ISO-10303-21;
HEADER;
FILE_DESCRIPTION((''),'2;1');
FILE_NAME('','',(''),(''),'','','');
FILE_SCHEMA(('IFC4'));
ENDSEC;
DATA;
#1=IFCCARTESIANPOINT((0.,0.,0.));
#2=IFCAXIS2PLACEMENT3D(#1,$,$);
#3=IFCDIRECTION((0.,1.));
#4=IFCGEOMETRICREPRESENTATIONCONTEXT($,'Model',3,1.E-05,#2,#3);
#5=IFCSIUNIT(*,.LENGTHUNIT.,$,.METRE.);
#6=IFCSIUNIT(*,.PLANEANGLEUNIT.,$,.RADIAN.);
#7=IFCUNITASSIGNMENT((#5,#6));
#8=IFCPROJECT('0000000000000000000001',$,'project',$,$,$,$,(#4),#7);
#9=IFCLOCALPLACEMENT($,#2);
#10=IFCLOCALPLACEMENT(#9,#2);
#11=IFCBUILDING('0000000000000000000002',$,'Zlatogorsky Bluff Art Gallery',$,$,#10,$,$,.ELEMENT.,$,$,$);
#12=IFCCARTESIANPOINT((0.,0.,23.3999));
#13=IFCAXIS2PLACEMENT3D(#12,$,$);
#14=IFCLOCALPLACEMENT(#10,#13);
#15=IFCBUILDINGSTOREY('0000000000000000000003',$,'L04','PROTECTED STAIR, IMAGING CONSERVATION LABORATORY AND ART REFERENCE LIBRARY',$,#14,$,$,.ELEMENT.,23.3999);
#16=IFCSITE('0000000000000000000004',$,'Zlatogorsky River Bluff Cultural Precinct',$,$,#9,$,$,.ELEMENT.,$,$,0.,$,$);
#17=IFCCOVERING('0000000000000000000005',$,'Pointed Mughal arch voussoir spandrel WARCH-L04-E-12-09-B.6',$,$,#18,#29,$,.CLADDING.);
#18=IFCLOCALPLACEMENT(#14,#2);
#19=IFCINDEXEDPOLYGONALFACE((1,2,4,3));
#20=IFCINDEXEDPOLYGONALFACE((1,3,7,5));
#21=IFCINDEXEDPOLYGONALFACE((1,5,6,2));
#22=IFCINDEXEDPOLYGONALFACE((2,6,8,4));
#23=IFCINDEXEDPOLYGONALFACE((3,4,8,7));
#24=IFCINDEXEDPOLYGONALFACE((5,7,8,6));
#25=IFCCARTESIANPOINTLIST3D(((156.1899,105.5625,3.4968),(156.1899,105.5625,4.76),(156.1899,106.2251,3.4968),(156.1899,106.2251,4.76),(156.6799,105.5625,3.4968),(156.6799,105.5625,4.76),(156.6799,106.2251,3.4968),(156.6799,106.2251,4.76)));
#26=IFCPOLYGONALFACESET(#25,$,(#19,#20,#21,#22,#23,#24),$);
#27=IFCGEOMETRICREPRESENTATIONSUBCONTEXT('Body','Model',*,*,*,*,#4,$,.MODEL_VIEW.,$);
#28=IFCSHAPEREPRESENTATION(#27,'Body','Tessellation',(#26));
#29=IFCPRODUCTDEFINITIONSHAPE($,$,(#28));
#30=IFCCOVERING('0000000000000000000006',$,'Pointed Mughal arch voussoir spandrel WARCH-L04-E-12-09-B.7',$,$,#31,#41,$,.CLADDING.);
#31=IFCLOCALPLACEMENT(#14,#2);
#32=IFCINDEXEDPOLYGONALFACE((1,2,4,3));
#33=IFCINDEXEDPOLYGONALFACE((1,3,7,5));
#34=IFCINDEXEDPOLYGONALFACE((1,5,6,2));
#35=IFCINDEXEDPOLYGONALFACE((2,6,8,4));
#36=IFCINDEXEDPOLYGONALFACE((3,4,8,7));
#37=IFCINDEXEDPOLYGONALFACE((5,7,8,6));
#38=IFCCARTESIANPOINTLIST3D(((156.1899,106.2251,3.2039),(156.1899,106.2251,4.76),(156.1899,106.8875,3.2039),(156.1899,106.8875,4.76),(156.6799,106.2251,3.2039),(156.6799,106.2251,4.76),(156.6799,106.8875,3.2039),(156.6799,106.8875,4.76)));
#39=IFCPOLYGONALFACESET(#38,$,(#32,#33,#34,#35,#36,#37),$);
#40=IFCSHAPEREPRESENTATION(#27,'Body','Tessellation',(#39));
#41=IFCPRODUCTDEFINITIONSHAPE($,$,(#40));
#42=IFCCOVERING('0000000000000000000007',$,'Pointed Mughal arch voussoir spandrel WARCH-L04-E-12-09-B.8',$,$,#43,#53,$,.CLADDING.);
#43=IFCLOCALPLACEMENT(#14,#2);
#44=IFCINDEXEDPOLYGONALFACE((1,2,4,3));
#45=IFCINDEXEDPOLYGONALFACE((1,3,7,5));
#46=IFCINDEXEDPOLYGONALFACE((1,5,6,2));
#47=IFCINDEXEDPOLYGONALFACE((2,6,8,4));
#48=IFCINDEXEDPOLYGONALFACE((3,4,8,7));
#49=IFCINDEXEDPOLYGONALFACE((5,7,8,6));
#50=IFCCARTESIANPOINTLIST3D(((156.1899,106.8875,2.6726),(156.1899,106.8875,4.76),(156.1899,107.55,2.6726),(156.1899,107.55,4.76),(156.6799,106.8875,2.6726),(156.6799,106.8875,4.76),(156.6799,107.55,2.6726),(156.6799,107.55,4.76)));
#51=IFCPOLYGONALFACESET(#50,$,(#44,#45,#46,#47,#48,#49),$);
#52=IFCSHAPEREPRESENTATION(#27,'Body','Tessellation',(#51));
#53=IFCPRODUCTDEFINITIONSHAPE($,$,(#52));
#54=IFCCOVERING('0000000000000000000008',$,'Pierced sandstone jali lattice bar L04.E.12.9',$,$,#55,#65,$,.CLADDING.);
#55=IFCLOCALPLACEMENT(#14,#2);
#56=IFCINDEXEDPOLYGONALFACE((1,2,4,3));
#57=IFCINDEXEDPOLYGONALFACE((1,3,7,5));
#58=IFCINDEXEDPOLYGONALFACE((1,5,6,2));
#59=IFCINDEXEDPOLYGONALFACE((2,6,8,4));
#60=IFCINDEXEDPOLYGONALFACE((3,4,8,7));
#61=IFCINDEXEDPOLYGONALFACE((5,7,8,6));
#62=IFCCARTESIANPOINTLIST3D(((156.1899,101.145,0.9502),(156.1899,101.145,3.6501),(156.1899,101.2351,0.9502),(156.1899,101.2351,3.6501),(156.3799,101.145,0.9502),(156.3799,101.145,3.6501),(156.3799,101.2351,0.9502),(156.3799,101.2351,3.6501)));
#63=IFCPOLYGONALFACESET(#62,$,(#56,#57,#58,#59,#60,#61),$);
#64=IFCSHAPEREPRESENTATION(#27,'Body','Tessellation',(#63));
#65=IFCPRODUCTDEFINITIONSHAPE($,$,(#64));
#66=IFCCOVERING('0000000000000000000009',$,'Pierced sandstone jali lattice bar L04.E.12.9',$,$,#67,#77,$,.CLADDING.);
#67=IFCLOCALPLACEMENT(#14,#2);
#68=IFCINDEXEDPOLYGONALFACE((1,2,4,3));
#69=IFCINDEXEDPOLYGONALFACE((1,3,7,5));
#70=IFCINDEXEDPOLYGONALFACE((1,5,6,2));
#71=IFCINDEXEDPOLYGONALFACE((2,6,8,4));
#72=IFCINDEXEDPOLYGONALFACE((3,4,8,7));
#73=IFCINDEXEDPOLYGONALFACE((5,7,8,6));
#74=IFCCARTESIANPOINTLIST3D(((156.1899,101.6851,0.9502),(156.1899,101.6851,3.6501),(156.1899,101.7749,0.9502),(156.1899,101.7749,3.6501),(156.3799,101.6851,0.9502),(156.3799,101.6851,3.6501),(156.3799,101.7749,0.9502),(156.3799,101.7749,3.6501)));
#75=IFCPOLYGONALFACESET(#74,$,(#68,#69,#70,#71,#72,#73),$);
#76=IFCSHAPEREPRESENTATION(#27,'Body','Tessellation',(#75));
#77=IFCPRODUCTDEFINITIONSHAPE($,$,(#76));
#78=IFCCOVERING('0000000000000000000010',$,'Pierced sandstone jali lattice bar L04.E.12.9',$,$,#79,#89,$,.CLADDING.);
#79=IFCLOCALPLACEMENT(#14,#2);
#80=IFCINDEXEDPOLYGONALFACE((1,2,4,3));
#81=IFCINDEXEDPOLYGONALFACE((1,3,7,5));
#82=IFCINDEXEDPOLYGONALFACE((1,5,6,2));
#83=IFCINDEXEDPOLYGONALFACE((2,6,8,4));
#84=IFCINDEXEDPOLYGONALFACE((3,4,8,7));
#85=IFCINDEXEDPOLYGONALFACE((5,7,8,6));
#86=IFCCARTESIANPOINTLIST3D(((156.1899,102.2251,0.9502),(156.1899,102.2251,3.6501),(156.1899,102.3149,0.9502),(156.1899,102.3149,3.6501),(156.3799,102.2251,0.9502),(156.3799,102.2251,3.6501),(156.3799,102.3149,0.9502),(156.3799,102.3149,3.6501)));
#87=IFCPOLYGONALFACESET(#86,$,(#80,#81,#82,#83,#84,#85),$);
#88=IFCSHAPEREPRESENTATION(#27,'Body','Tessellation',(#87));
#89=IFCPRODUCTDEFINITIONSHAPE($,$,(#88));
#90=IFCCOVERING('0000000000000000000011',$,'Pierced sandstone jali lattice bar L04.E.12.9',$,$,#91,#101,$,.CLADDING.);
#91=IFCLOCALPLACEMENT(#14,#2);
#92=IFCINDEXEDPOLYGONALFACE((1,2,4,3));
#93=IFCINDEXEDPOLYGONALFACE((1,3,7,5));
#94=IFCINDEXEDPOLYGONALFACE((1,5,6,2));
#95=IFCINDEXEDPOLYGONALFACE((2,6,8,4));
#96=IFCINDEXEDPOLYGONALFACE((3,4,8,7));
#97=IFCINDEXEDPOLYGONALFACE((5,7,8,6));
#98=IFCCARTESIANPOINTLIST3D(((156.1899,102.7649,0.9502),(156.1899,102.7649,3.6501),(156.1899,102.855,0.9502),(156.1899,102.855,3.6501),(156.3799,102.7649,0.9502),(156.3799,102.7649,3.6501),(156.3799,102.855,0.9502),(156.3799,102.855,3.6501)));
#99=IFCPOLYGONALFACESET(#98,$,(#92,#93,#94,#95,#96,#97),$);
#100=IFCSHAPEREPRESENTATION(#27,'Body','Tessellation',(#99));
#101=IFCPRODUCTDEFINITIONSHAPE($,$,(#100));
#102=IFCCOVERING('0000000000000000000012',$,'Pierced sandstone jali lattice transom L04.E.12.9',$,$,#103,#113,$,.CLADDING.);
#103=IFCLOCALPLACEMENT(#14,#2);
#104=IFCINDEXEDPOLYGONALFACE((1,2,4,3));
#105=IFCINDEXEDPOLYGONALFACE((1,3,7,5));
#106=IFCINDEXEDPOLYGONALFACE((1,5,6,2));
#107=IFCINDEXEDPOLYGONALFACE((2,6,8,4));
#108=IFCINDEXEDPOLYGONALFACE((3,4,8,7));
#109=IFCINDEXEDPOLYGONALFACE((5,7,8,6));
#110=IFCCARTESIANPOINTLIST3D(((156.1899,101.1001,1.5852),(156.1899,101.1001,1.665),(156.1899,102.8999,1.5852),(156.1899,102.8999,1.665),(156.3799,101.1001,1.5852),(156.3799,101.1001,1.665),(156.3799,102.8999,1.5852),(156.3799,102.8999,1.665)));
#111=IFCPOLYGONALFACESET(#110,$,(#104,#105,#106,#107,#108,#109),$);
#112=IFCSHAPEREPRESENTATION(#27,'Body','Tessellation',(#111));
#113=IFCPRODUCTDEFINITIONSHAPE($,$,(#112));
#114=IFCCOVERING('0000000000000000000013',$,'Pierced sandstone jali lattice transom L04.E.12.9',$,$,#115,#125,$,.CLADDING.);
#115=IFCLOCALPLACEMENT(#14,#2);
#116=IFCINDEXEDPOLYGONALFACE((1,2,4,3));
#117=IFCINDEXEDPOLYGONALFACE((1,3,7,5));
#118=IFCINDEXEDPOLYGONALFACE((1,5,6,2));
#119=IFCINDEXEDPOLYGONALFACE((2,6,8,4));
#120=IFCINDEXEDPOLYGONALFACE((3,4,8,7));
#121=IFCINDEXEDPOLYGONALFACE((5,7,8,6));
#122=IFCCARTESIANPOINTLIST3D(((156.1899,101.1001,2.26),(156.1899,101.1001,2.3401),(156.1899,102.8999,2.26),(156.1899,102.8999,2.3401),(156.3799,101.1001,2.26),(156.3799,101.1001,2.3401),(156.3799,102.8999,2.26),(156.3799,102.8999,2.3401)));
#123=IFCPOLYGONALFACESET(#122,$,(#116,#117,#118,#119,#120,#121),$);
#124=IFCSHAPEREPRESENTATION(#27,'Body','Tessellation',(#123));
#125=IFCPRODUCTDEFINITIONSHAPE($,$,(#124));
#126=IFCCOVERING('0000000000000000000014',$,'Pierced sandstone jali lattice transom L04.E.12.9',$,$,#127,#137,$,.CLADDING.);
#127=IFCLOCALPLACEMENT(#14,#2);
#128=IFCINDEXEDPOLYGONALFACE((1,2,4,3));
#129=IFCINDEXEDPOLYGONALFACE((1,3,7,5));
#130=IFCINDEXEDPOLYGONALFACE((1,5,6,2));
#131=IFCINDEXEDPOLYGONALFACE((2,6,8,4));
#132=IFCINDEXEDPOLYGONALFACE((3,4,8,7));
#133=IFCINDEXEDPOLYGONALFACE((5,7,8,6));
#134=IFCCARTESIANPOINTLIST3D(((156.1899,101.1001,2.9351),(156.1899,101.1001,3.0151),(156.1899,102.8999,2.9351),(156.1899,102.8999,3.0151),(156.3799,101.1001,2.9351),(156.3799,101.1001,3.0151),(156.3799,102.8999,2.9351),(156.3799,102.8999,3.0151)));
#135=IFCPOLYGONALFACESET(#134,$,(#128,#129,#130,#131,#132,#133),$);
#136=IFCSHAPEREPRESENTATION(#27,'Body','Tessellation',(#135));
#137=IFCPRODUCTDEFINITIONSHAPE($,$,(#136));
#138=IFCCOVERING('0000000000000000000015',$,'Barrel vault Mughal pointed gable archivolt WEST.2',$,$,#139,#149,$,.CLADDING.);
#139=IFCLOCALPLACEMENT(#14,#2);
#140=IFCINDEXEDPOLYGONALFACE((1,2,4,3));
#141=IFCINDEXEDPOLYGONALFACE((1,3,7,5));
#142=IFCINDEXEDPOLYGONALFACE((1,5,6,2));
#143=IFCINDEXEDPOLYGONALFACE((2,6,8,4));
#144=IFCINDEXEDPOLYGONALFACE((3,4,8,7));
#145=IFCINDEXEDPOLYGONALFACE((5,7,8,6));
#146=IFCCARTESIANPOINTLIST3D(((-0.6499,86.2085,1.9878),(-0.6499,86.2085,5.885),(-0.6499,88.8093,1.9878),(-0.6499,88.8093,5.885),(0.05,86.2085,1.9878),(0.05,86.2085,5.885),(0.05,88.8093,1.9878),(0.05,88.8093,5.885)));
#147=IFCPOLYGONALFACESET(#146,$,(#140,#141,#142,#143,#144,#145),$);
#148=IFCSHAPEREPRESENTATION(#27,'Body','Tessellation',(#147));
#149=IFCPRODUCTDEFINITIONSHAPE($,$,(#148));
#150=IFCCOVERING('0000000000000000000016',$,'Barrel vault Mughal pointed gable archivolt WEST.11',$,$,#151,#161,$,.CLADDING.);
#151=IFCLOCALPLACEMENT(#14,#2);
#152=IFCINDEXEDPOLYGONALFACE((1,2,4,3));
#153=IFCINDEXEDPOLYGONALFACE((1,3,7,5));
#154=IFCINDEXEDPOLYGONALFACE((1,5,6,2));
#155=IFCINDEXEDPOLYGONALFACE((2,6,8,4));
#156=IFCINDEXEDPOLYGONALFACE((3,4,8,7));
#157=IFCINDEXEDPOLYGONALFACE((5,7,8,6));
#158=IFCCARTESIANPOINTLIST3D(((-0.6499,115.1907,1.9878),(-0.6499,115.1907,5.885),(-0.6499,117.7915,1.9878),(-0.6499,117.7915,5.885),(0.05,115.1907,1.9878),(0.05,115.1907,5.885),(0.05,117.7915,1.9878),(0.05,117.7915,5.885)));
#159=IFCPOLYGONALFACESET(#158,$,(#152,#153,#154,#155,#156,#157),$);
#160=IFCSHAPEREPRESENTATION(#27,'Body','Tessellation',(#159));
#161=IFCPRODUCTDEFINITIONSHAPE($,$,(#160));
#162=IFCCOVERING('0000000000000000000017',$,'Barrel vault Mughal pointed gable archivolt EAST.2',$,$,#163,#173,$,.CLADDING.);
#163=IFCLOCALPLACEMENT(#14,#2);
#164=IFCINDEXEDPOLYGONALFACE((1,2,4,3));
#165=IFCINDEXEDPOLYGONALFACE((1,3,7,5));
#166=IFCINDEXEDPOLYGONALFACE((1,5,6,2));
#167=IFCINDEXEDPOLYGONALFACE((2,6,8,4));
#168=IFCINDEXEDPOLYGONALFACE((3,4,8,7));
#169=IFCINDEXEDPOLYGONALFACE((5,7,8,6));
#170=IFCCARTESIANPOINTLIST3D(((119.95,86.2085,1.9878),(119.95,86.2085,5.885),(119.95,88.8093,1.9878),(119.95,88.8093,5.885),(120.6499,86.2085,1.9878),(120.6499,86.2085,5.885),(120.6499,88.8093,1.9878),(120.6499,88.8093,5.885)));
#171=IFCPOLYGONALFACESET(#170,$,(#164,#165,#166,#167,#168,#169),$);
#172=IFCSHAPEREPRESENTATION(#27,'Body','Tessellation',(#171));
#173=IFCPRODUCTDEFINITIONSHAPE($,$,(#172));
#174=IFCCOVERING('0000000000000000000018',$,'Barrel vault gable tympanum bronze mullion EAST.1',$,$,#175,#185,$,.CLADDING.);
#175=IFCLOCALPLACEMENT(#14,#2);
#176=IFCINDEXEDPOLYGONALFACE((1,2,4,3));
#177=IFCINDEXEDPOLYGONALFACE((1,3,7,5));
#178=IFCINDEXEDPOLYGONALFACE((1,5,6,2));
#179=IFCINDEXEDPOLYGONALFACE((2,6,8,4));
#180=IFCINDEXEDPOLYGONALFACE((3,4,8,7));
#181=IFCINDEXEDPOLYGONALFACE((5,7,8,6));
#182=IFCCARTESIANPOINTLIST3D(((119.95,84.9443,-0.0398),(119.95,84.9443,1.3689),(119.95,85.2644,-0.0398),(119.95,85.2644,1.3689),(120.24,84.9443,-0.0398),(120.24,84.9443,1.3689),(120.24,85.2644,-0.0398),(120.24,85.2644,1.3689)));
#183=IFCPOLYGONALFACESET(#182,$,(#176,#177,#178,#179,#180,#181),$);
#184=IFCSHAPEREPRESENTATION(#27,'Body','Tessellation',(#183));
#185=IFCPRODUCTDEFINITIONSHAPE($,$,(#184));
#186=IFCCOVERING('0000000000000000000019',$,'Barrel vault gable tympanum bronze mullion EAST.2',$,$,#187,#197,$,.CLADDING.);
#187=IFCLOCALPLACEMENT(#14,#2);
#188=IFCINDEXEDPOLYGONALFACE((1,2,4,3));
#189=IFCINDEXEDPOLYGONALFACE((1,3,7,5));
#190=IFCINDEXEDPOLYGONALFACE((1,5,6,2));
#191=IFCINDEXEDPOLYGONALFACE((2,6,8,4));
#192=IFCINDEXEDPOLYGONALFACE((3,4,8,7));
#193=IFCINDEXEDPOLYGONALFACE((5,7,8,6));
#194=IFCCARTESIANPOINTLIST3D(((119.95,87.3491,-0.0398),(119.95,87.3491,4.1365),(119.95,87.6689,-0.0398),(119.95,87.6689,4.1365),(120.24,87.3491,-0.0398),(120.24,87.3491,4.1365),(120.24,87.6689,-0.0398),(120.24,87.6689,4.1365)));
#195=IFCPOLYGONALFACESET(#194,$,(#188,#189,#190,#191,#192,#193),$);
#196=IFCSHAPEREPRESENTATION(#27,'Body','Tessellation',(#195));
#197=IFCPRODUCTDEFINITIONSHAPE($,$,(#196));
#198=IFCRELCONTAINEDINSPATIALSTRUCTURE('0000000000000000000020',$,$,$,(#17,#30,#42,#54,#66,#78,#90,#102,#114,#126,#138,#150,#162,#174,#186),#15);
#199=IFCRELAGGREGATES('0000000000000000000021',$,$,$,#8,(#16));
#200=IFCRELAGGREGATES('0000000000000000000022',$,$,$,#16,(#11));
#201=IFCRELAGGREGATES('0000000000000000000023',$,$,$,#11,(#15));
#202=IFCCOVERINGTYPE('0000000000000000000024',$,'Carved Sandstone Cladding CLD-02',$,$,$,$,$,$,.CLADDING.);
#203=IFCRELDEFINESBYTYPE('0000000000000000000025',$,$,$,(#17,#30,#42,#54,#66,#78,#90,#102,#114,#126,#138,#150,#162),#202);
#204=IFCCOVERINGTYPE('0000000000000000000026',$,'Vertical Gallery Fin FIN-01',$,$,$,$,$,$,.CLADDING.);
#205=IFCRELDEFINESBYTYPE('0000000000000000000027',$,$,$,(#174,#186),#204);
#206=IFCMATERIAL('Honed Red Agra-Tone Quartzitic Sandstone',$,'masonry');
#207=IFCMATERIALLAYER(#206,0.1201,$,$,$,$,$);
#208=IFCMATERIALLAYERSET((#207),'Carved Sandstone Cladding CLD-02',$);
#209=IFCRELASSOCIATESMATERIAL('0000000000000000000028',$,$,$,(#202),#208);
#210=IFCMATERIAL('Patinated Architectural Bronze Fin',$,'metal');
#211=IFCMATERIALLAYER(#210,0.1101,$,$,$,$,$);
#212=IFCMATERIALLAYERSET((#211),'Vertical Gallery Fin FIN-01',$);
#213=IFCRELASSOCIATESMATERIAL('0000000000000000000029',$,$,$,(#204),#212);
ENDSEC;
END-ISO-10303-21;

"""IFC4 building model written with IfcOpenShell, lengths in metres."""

from ifc_helpers import new_model, si_unit, direction, frame, origin, place, context, subcontext, project, spatial, polyline, outline, extrude, material, layer, layer_set, type_object, element, save


model = new_model("IFC4")

# Units and contexts
model_context = context("Model", 3, precision=1e-05, world=origin(), true_north=direction((0.0, 1.0)))
body_context = subcontext(model_context, "Body", "Model", "MODEL_VIEW")
ifc_project = project(units=[si_unit("LENGTHUNIT", "METRE"), si_unit("PLANEANGLEUNIT", "RADIAN")], contexts=[model_context])

# Site, building, storey
site_placement = place(None, origin())
site = spatial("IfcSite", under=ifc_project, at=site_placement, Name="Zlatogorsky River Bluff Cultural Precinct", CompositionType="ELEMENT", RefElevation=0.0)
building_placement = place(site_placement, origin())
building = spatial("IfcBuilding", under=site, at=building_placement, Name="Zlatogorsky Bluff Art Gallery", CompositionType="ELEMENT")
storey_placement = place(building_placement, frame((0.0, 0.0, 23.3999)))
storey = spatial("IfcBuildingStorey", under=building, at=storey_placement, Name="L04", Description="PROTECTED STAIR, IMAGING CONSERVATION LABORATORY AND ART REFERENCE LIBRARY", CompositionType="ELEMENT", Elevation=23.3999)

# Coverings
ifc_material_1 = material(Name="Honed Red Agra-Tone Quartzitic Sandstone", Category="masonry")
ifc_layer_1 = layer(ifc_material_1, 0.1201)
ifc_layer_set_1 = layer_set([ifc_layer_1], Name="Carved Sandstone Cladding CLD-02")
covering_type_1 = type_object("IfcCoveringType", Name="Carved Sandstone Cladding CLD-02", PredefinedType="CLADDING", material=ifc_layer_set_1)
covering_1_placement = place(storey_placement, frame((0.0, 0.0, 3.4968)))
element("IfcCovering", 1, at=covering_1_placement, inside=storey, type_object=covering_type_1, Name="Pointed Mughal arch voussoir spandrel WARCH-L04-E-12-09-B.6", PredefinedType="CLADDING", context=body_context, shape_type="SweptSolid", body=[
    extrude(outline(polyline([(156.1899, 105.5625), (156.1899, 106.2251), (156.6799, 106.2251), (156.6799, 105.5625), (156.1899, 105.5625)])), origin(), (0.0, 0.0, 1.0), 1.2632),
])
covering_2_placement = place(storey_placement, frame((0.0, 0.0, 3.2039)))
element("IfcCovering", 2, at=covering_2_placement, inside=storey, type_object=covering_type_1, Name="Pointed Mughal arch voussoir spandrel WARCH-L04-E-12-09-B.7", PredefinedType="CLADDING", context=body_context, shape_type="SweptSolid", body=[
    extrude(outline(polyline([(156.1899, 106.2251), (156.1899, 106.8875), (156.6799, 106.8875), (156.6799, 106.2251), (156.1899, 106.2251)])), origin(), (0.0, 0.0, 1.0), 1.5562),
])
covering_3_placement = place(storey_placement, frame((0.0, 0.0, 2.6726)))
element("IfcCovering", 3, at=covering_3_placement, inside=storey, type_object=covering_type_1, Name="Pointed Mughal arch voussoir spandrel WARCH-L04-E-12-09-B.8", PredefinedType="CLADDING", context=body_context, shape_type="SweptSolid", body=[
    extrude(outline(polyline([(156.1899, 106.8875), (156.1899, 107.55), (156.6799, 107.55), (156.6799, 106.8875), (156.1899, 106.8875)])), origin(), (0.0, 0.0, 1.0), 2.0874),
])
covering_4_placement = place(storey_placement, frame((0.0, 0.0, 0.9502)))
element("IfcCovering", 4, at=covering_4_placement, inside=storey, type_object=covering_type_1, Name="Pierced sandstone jali lattice bar L04.E.12.9", PredefinedType="CLADDING", context=body_context, shape_type="SweptSolid", body=[
    extrude(outline(polyline([(156.1899, 101.145), (156.1899, 101.2351), (156.3799, 101.2351), (156.3799, 101.145), (156.1899, 101.145)])), origin(), (0.0, 0.0, 1.0), 2.7),
])
covering_5_placement = place(storey_placement, frame((0.0, 0.0, 0.9502)))
element("IfcCovering", 5, at=covering_5_placement, inside=storey, type_object=covering_type_1, Name="Pierced sandstone jali lattice bar L04.E.12.9", PredefinedType="CLADDING", context=body_context, shape_type="SweptSolid", body=[
    extrude(outline(polyline([(156.1899, 101.6851), (156.1899, 101.7749), (156.3799, 101.7749), (156.3799, 101.6851), (156.1899, 101.6851)])), origin(), (0.0, 0.0, 1.0), 2.7),
])
covering_6_placement = place(storey_placement, frame((0.0, 0.0, 0.9502)))
element("IfcCovering", 6, at=covering_6_placement, inside=storey, type_object=covering_type_1, Name="Pierced sandstone jali lattice bar L04.E.12.9", PredefinedType="CLADDING", context=body_context, shape_type="SweptSolid", body=[
    extrude(outline(polyline([(156.1899, 102.2251), (156.1899, 102.3149), (156.3799, 102.3149), (156.3799, 102.2251), (156.1899, 102.2251)])), origin(), (0.0, 0.0, 1.0), 2.7),
])
covering_7_placement = place(storey_placement, frame((0.0, 0.0, 0.9502)))
element("IfcCovering", 7, at=covering_7_placement, inside=storey, type_object=covering_type_1, Name="Pierced sandstone jali lattice bar L04.E.12.9", PredefinedType="CLADDING", context=body_context, shape_type="SweptSolid", body=[
    extrude(outline(polyline([(156.1899, 102.7649), (156.1899, 102.855), (156.3799, 102.855), (156.3799, 102.7649), (156.1899, 102.7649)])), origin(), (0.0, 0.0, 1.0), 2.7),
])
covering_8_placement = place(storey_placement, frame((0.0, 0.0, 1.5852)))
element("IfcCovering", 8, at=covering_8_placement, inside=storey, type_object=covering_type_1, Name="Pierced sandstone jali lattice transom L04.E.12.9", PredefinedType="CLADDING", context=body_context, shape_type="SweptSolid", body=[
    extrude(outline(polyline([(156.1899, 101.1001), (156.1899, 102.8999), (156.3799, 102.8999), (156.3799, 101.1001), (156.1899, 101.1001)])), origin(), (0.0, 0.0, 1.0), 0.0798),
])
for number, where, name in (
    (9, (0.0, 0.0, 2.26), "Pierced sandstone jali lattice transom L04.E.12.9"),
    (10, (0.0, 0.0, 2.9351), "Pierced sandstone jali lattice transom L04.E.12.9"),
):
    element("IfcCovering", number, at=place(storey_placement, frame(where)), inside=storey, type_object=covering_type_1, Name=name, PredefinedType="CLADDING", context=body_context, shape_type="SweptSolid", body=[
        extrude(outline(polyline([(156.1899, 101.1001), (156.1899, 102.8999), (156.3799, 102.8999), (156.3799, 101.1001), (156.1899, 101.1001)])), origin(), (0.0, 0.0, 1.0), 0.0801),
    ])
covering_9_placement = place(storey_placement, frame((0.0, 0.0, 1.9878)))
element("IfcCovering", 11, at=covering_9_placement, inside=storey, type_object=covering_type_1, Name="Barrel vault Mughal pointed gable archivolt WEST.2", PredefinedType="CLADDING", context=body_context, shape_type="SweptSolid", body=[
    extrude(outline(polyline([(-0.6499, 86.2085), (0.05, 86.2085), (0.05, 88.8093), (-0.6499, 88.8093), (-0.6499, 86.2085)])), origin(), (0.0, 0.0, 1.0), 3.8972),
])
covering_10_placement = place(storey_placement, frame((0.0, 0.0, 1.9878)))
element("IfcCovering", 12, at=covering_10_placement, inside=storey, type_object=covering_type_1, Name="Barrel vault Mughal pointed gable archivolt WEST.11", PredefinedType="CLADDING", context=body_context, shape_type="SweptSolid", body=[
    extrude(outline(polyline([(-0.6499, 115.1907), (0.05, 115.1907), (0.05, 117.7915), (-0.6499, 117.7915), (-0.6499, 115.1907)])), origin(), (0.0, 0.0, 1.0), 3.8972),
])
covering_11_placement = place(storey_placement, frame((0.0, 0.0, 1.9878)))
element("IfcCovering", 13, at=covering_11_placement, inside=storey, type_object=covering_type_1, Name="Barrel vault Mughal pointed gable archivolt EAST.2", PredefinedType="CLADDING", context=body_context, shape_type="SweptSolid", body=[
    extrude(outline(polyline([(119.95, 86.2085), (120.6499, 86.2085), (120.6499, 88.8093), (119.95, 88.8093), (119.95, 86.2085)])), origin(), (0.0, 0.0, 1.0), 3.8972),
])
ifc_material_2 = material(Name="Patinated Architectural Bronze Fin", Category="metal")
ifc_layer_2 = layer(ifc_material_2, 0.1101)
ifc_layer_set_2 = layer_set([ifc_layer_2], Name="Vertical Gallery Fin FIN-01")
covering_type_2 = type_object("IfcCoveringType", Name="Vertical Gallery Fin FIN-01", PredefinedType="CLADDING", material=ifc_layer_set_2)
covering_12_placement = place(storey_placement, frame((0.0, 0.0, -0.0398)))
element("IfcCovering", 14, at=covering_12_placement, inside=storey, type_object=covering_type_2, Name="Barrel vault gable tympanum bronze mullion EAST.1", PredefinedType="CLADDING", context=body_context, shape_type="SweptSolid", body=[
    extrude(outline(polyline([(119.95, 84.9443), (120.24, 84.9443), (120.24, 85.2644), (119.95, 85.2644), (119.95, 84.9443)])), origin(), (0.0, 0.0, 1.0), 1.4087),
])
covering_13_placement = place(storey_placement, frame((0.0, 0.0, -0.0398)))
element("IfcCovering", 15, at=covering_13_placement, inside=storey, type_object=covering_type_2, Name="Barrel vault gable tympanum bronze mullion EAST.2", PredefinedType="CLADDING", context=body_context, shape_type="SweptSolid", body=[
    extrude(outline(polyline([(119.95, 87.3491), (120.24, 87.3491), (120.24, 87.6689), (119.95, 87.6689), (119.95, 87.3491)])), origin(), (0.0, 0.0, 1.0), 4.1763),
])

save(model, "model.ifc")
